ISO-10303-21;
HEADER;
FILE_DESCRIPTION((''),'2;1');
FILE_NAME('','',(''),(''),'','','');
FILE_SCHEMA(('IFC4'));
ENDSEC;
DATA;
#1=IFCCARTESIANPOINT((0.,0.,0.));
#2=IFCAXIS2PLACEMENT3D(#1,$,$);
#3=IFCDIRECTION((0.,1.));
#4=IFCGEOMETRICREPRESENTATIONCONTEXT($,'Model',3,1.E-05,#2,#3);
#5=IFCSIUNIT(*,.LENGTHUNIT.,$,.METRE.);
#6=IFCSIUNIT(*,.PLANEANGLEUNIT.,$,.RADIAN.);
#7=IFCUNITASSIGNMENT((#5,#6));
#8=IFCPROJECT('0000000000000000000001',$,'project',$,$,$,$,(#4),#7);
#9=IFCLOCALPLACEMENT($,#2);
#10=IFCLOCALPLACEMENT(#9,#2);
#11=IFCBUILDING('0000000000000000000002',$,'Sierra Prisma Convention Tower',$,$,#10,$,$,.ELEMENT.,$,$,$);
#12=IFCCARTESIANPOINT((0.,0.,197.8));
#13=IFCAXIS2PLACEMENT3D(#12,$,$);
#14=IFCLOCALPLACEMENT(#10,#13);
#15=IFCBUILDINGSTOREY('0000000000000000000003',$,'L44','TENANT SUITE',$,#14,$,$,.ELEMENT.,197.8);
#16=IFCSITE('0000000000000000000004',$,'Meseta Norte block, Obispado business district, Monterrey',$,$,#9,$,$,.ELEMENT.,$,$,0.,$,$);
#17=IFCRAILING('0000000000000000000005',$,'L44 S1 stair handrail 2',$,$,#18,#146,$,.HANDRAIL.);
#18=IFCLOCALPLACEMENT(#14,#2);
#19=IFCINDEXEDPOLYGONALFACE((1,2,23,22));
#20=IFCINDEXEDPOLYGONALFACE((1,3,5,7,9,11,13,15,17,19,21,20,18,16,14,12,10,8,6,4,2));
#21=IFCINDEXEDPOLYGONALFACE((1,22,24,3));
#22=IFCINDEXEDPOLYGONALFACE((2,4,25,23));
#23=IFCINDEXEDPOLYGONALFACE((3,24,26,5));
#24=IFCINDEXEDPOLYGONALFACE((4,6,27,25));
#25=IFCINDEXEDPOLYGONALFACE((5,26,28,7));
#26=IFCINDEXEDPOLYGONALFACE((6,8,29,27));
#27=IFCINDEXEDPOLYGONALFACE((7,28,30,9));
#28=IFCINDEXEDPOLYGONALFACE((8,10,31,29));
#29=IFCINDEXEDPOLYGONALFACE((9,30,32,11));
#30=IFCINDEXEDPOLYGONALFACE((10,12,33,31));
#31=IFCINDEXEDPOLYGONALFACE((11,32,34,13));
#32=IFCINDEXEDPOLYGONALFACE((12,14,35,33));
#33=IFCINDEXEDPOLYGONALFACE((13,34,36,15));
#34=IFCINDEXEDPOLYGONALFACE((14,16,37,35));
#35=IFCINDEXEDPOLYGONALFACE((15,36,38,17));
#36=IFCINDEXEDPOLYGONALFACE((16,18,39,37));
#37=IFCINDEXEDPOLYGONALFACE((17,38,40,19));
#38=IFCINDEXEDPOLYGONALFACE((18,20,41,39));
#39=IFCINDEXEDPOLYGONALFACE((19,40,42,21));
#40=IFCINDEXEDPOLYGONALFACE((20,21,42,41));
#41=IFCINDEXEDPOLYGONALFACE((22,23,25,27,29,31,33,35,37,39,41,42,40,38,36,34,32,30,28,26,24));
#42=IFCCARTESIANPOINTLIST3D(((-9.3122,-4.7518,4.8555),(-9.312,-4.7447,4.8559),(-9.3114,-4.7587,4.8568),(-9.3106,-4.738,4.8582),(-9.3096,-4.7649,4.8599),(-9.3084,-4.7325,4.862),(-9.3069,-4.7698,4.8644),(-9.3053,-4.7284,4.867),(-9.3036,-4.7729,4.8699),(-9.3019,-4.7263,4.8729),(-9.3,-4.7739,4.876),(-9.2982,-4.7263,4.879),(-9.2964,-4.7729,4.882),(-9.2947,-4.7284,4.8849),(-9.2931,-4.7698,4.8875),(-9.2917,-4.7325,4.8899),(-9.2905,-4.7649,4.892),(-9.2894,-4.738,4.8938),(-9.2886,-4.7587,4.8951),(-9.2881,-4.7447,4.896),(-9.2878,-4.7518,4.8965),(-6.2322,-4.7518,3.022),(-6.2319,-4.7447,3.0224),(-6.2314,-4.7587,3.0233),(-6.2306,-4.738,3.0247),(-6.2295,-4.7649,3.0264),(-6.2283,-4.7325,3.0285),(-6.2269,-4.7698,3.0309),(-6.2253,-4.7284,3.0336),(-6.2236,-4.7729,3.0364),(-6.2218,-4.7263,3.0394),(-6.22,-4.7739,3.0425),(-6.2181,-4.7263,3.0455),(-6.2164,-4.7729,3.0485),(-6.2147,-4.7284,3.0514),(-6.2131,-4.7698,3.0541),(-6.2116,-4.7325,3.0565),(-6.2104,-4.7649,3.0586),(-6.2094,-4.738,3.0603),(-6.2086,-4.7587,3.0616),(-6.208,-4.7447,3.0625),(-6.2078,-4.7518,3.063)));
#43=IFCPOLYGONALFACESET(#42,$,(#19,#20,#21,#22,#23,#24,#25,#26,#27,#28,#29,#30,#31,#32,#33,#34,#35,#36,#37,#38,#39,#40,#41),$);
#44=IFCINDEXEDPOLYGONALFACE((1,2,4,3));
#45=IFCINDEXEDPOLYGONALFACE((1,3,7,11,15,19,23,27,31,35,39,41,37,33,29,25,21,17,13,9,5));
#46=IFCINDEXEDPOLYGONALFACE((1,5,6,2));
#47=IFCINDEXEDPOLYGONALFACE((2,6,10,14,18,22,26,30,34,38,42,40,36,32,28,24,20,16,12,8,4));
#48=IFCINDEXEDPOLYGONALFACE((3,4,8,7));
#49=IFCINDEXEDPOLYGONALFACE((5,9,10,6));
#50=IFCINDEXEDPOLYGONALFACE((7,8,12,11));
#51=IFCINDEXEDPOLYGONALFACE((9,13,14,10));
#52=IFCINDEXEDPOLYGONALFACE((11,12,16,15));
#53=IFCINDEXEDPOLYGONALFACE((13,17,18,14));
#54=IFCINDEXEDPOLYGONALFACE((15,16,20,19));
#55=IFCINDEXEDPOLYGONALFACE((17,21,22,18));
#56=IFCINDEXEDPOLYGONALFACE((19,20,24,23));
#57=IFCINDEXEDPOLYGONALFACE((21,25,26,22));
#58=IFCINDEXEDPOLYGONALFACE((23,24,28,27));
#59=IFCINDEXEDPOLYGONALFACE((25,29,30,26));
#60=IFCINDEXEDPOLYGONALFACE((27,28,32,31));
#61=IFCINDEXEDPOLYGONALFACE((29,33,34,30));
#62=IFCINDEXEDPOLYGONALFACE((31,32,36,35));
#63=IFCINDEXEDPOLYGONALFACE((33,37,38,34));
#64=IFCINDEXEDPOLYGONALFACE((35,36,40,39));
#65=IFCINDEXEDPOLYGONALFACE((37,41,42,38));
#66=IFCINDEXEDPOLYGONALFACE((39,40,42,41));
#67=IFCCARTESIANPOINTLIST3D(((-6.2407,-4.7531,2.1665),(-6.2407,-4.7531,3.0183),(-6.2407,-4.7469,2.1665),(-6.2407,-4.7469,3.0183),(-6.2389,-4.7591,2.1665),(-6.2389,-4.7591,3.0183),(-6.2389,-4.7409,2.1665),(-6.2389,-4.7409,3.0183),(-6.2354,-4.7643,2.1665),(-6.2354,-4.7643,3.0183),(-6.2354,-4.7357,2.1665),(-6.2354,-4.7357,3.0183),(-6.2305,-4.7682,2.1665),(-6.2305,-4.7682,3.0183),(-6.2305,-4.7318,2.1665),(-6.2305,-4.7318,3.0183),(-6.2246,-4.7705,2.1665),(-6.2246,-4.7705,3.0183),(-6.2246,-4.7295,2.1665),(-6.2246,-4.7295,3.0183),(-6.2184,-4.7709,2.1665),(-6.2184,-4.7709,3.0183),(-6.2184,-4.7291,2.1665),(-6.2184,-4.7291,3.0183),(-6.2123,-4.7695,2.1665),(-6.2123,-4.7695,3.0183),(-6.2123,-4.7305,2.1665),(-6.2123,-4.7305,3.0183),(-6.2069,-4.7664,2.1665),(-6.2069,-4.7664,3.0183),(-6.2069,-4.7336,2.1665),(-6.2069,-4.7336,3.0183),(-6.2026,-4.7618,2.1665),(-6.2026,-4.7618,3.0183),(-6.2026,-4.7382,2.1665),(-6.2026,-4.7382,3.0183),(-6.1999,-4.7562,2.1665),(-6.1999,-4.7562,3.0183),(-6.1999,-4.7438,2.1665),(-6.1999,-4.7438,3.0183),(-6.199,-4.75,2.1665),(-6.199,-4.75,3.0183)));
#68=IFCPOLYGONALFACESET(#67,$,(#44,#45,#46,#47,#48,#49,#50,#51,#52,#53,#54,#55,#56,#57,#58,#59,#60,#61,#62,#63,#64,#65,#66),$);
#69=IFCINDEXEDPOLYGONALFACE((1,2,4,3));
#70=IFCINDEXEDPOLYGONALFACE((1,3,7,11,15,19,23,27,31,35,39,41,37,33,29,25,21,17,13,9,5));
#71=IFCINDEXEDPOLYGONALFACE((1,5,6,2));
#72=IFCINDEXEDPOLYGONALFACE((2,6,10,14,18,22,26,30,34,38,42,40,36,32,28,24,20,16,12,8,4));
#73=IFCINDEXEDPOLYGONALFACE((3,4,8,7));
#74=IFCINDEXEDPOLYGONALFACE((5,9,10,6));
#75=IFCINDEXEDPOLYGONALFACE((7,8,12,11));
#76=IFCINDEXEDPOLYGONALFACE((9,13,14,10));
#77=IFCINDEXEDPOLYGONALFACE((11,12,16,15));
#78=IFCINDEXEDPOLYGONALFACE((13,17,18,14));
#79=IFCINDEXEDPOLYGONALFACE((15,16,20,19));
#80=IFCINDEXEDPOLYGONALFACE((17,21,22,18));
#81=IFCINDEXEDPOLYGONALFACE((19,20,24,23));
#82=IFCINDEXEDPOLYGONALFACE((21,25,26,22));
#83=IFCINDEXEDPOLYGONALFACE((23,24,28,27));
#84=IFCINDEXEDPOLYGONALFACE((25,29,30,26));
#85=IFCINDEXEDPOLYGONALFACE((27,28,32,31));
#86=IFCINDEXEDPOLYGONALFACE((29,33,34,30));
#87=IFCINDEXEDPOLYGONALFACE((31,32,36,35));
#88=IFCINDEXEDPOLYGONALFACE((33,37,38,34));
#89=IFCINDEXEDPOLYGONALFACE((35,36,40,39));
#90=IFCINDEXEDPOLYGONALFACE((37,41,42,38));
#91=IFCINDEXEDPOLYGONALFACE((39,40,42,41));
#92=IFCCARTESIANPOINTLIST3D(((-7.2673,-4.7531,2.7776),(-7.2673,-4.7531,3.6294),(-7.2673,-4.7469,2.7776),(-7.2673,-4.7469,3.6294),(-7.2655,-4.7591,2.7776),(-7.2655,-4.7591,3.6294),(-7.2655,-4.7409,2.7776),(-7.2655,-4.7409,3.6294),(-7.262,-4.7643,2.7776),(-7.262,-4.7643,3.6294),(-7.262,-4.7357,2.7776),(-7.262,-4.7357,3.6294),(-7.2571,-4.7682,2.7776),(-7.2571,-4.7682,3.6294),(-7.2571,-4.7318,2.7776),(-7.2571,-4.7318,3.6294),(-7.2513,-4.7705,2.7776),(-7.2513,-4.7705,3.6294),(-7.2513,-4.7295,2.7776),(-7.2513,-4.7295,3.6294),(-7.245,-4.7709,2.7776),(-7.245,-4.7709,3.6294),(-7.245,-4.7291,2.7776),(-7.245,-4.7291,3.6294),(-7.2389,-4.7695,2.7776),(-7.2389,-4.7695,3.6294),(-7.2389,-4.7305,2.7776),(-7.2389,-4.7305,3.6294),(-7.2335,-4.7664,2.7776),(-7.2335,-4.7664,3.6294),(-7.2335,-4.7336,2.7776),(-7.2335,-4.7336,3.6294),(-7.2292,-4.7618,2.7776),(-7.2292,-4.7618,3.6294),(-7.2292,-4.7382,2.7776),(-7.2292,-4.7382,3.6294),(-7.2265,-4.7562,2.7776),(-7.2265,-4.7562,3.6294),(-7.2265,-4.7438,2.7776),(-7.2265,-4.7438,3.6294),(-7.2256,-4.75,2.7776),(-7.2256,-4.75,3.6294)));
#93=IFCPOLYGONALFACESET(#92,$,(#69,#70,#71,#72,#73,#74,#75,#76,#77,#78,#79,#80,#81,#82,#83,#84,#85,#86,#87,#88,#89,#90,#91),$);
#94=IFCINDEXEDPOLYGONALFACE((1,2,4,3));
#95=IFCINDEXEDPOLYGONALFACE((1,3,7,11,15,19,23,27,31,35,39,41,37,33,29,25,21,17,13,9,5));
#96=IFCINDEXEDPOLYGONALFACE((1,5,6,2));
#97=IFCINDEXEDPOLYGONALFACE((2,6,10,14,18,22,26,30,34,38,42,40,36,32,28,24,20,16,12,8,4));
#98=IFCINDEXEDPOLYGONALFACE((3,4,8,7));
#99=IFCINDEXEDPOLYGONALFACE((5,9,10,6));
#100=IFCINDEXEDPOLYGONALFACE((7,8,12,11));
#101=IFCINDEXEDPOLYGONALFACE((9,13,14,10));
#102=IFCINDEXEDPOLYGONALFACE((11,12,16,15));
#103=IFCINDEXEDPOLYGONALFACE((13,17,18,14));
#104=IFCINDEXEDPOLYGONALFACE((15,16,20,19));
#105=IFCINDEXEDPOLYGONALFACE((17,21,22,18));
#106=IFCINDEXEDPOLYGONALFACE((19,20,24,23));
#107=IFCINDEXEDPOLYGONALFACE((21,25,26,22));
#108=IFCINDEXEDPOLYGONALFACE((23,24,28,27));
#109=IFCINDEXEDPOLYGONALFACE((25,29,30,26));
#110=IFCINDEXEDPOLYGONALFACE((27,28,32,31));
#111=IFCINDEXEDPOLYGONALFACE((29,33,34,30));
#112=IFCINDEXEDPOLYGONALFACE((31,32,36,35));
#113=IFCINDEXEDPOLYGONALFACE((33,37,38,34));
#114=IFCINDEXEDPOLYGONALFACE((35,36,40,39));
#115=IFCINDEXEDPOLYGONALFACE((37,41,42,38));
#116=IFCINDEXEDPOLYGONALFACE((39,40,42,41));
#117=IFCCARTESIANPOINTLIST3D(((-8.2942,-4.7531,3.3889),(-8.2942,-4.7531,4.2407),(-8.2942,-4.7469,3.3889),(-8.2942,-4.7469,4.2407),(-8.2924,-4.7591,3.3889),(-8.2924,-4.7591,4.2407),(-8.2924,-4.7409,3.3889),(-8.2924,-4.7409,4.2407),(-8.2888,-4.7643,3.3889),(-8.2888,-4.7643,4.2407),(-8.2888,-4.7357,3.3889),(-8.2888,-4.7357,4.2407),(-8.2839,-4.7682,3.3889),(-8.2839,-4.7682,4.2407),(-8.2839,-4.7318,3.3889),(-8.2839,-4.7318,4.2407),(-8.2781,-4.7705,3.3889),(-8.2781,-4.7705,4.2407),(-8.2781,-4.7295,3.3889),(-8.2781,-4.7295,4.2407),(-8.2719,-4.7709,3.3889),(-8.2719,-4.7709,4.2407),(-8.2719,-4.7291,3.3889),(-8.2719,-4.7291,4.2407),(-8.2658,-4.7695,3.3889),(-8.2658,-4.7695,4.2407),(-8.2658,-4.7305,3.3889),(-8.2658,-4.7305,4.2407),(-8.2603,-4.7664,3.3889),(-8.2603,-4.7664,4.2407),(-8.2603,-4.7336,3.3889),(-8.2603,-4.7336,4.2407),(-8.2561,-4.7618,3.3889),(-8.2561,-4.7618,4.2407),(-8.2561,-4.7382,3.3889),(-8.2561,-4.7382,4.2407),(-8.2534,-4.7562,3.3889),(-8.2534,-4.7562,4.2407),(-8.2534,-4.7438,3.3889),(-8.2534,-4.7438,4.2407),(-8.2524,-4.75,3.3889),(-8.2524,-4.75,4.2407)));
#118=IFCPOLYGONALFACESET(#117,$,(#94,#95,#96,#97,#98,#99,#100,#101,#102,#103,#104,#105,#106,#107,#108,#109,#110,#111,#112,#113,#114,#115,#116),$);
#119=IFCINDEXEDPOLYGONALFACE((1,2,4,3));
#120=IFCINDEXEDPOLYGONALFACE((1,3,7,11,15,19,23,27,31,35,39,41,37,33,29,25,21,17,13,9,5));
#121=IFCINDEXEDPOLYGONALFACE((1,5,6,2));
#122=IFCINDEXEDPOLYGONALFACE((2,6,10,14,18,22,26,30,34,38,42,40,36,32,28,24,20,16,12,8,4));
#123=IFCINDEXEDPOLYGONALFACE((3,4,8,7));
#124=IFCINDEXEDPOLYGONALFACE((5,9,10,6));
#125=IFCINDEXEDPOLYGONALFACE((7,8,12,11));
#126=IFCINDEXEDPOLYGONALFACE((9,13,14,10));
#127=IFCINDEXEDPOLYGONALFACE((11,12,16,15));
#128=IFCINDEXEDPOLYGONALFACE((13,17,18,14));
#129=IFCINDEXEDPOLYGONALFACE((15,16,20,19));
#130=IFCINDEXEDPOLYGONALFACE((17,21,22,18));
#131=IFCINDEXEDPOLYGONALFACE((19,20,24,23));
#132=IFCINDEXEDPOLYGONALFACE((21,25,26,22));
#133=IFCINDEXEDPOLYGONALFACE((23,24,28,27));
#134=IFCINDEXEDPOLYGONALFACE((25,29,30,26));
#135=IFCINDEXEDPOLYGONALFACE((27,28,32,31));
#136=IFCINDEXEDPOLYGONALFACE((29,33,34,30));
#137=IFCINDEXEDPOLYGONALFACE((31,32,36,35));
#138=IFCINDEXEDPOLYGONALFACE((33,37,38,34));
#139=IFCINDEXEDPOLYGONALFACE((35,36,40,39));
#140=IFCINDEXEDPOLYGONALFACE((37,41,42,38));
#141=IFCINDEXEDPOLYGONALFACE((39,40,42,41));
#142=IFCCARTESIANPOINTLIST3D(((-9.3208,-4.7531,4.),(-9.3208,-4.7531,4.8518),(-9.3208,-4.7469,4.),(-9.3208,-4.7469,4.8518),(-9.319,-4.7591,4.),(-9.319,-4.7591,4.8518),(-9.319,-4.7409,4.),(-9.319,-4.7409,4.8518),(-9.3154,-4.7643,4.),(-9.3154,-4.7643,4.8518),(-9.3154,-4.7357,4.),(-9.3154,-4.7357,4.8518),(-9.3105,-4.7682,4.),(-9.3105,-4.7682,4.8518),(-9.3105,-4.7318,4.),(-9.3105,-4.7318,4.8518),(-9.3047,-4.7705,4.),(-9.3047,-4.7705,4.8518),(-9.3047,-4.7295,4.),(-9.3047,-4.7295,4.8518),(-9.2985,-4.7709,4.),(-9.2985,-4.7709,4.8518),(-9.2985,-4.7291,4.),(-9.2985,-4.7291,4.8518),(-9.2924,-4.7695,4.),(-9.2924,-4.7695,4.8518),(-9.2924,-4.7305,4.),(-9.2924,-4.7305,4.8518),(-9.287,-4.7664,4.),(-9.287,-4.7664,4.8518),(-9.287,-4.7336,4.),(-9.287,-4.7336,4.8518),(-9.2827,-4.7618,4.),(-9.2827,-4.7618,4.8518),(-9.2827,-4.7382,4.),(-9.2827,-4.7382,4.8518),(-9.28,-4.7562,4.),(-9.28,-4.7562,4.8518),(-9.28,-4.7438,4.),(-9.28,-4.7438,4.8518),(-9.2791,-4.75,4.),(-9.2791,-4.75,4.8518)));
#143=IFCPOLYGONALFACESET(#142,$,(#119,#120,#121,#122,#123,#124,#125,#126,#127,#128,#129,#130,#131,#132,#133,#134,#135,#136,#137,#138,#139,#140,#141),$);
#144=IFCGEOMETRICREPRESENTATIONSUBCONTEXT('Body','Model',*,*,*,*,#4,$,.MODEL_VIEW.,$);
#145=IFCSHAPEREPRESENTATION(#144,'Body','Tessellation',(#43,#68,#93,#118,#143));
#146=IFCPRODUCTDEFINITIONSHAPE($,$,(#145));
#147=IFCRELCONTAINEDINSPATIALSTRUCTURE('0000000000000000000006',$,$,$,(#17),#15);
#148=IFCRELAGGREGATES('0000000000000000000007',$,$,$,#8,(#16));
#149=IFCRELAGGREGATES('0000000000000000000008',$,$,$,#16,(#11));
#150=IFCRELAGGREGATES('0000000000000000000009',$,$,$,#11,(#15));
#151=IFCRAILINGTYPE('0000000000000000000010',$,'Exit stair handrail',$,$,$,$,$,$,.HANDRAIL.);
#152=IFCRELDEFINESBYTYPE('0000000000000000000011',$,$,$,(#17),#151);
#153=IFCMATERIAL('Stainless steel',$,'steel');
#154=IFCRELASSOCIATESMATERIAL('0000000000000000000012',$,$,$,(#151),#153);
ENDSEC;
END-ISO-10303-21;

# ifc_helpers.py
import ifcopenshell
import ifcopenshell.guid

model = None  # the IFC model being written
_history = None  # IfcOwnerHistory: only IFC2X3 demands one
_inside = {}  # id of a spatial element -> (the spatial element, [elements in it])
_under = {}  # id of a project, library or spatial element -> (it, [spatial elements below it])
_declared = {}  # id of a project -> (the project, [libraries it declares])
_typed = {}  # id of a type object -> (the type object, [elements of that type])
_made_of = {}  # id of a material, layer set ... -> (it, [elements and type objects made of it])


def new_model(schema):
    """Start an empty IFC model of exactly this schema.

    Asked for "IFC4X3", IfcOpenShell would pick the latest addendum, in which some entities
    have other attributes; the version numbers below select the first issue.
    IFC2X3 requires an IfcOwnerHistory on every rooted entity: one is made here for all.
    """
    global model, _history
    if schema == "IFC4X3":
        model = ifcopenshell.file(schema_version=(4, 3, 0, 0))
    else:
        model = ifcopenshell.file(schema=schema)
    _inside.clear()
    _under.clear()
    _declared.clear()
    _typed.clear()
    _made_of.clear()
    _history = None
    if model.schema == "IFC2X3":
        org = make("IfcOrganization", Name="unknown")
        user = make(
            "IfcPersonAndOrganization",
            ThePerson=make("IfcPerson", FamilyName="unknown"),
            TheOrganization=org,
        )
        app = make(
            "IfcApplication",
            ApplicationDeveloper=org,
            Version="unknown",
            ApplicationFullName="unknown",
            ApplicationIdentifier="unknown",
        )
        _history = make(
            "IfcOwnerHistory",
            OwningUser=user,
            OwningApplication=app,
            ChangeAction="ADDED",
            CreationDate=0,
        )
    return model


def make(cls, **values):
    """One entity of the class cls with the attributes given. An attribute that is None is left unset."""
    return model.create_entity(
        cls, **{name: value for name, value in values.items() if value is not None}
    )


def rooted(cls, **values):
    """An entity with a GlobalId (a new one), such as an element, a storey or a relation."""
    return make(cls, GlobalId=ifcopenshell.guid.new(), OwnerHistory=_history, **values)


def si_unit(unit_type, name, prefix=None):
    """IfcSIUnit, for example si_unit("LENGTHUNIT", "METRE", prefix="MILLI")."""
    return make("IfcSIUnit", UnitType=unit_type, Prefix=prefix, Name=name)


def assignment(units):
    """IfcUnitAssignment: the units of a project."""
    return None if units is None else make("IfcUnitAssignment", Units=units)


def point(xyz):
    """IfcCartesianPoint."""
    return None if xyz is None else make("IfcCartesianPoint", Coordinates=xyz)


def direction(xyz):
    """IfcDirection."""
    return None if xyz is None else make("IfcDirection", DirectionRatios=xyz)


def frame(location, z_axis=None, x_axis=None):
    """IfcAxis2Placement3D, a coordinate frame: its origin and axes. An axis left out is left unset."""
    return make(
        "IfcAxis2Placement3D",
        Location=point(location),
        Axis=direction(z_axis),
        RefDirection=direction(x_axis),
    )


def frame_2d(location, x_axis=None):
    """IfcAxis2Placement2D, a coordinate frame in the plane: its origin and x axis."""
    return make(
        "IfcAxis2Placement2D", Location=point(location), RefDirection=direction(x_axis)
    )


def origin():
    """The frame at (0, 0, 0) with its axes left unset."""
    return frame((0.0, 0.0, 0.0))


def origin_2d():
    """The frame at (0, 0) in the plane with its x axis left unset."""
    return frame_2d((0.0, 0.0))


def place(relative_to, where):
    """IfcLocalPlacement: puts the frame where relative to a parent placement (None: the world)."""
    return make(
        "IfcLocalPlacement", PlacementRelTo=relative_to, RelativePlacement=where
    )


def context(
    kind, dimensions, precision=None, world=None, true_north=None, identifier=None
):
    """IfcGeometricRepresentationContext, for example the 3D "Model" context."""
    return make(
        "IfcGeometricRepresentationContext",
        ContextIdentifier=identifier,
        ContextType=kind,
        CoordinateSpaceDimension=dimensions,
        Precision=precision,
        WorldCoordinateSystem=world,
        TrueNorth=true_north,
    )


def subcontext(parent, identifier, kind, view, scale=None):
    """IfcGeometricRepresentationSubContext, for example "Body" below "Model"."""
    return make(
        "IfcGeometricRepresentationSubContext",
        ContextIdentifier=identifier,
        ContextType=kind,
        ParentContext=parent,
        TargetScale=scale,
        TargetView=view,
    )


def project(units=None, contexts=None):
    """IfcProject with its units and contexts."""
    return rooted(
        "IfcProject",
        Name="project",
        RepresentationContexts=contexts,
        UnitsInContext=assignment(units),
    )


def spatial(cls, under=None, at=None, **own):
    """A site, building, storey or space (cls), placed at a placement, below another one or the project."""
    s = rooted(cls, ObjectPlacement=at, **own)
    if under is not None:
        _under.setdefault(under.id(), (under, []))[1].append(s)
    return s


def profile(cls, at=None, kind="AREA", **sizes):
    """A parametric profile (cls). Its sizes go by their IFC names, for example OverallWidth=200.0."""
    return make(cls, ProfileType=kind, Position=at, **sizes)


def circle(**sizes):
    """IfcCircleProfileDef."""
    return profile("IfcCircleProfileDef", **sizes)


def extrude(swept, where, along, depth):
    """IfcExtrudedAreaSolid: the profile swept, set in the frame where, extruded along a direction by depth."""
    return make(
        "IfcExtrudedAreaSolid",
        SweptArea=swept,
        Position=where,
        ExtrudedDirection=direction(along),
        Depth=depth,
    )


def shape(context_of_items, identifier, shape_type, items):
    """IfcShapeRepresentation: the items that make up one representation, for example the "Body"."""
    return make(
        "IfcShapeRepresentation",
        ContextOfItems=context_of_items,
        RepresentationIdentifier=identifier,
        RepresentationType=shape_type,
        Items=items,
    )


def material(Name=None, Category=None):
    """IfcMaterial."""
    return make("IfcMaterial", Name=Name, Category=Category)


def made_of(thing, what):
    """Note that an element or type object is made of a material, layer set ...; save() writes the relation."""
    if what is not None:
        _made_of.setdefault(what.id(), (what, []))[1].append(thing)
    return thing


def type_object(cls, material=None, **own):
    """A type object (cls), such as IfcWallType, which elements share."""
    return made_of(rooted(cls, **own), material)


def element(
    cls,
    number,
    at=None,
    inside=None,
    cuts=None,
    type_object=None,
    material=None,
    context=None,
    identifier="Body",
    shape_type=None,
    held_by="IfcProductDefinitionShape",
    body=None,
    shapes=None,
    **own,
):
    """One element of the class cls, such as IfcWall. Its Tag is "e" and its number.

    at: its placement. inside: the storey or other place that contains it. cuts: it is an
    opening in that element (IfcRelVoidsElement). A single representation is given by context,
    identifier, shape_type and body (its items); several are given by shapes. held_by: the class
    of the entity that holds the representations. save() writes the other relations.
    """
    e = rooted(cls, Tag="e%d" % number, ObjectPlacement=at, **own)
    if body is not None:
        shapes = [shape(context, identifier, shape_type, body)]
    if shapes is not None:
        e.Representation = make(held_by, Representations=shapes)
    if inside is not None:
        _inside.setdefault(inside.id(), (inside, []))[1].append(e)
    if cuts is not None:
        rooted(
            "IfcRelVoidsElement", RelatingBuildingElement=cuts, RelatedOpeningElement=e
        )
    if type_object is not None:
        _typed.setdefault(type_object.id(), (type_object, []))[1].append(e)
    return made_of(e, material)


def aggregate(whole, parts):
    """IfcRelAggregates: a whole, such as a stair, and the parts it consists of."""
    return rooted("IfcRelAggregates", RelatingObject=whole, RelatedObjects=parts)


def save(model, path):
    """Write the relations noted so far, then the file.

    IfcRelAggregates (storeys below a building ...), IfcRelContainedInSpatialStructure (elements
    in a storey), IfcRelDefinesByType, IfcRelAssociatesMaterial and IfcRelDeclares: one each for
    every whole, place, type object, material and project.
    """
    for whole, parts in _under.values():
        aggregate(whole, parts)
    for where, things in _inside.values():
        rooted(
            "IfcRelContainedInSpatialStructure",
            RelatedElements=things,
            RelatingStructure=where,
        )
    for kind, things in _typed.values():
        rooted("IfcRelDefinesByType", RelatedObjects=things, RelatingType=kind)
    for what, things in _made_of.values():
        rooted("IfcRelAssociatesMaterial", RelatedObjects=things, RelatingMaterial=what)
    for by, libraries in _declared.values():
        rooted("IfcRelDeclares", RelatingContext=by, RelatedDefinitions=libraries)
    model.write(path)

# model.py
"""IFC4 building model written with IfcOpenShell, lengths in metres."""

from ifc_helpers import new_model, si_unit, direction, frame, origin, origin_2d, place, context, subcontext, project, spatial, circle, extrude, material, type_object, element, save


model = new_model("IFC4")

# Units and contexts
model_context = context("Model", 3, precision=1e-05, world=origin(), true_north=direction((0.0, 1.0)))
body_context = subcontext(model_context, "Body", "Model", "MODEL_VIEW")
ifc_project = project(units=[si_unit("LENGTHUNIT", "METRE"), si_unit("PLANEANGLEUNIT", "RADIAN")], contexts=[model_context])

# Site, building, storey
site_placement = place(None, origin())
site = spatial("IfcSite", under=ifc_project, at=site_placement, Name="Meseta Norte block, Obispado business district, Monterrey", CompositionType="ELEMENT", RefElevation=0.0)
building_placement = place(site_placement, origin())
building = spatial("IfcBuilding", under=site, at=building_placement, Name="Sierra Prisma Convention Tower", CompositionType="ELEMENT")
storey_placement = place(building_placement, frame((0.0, 0.0, 197.8)))
storey = spatial("IfcBuildingStorey", under=building, at=storey_placement, Name="L44", Description="TENANT SUITE", CompositionType="ELEMENT", Elevation=197.8)

# Railing
ifc_material_1 = material(Name="Stainless steel", Category="steel")
railing_type_1 = type_object("IfcRailingType", Name="Exit stair handrail", PredefinedType="HANDRAIL", material=ifc_material_1)
railing_1_placement = place(storey_placement, frame((-6.22, -4.75, 2.1665)))
element("IfcRailing", 1, at=railing_1_placement, inside=storey, type_object=railing_type_1, Name="L44 S1 stair handrail 2", PredefinedType="HANDRAIL", context=body_context, shape_type="SweptSolid", body=[
    extrude(circle(Radius=0.0239, at=origin_2d()), frame((0.0, 0.0, 0.876), z_axis=(-0.859279, 0.0, 0.511508), x_axis=(0.0, -1.0, 0.0)), (0.0, 0.0, 1.0), 3.5845),
    extrude(circle(Radius=0.021, at=origin_2d()), origin(), (0.0, 0.0, 1.0), 0.8518),
    extrude(circle(Radius=0.021, at=origin_2d()), frame((-1.0266, 0.0, 0.6111)), (0.0, 0.0, 1.0), 0.8518),
    extrude(circle(Radius=0.021, at=origin_2d()), frame((-2.0535, 0.0, 1.2224)), (0.0, 0.0, 1.0), 0.8518),
    extrude(circle(Radius=0.021, at=origin_2d()), frame((-3.0801, 0.0, 1.8335)), (0.0, 0.0, 1.0), 0.8518),
])

save(model, "model.ifc")
